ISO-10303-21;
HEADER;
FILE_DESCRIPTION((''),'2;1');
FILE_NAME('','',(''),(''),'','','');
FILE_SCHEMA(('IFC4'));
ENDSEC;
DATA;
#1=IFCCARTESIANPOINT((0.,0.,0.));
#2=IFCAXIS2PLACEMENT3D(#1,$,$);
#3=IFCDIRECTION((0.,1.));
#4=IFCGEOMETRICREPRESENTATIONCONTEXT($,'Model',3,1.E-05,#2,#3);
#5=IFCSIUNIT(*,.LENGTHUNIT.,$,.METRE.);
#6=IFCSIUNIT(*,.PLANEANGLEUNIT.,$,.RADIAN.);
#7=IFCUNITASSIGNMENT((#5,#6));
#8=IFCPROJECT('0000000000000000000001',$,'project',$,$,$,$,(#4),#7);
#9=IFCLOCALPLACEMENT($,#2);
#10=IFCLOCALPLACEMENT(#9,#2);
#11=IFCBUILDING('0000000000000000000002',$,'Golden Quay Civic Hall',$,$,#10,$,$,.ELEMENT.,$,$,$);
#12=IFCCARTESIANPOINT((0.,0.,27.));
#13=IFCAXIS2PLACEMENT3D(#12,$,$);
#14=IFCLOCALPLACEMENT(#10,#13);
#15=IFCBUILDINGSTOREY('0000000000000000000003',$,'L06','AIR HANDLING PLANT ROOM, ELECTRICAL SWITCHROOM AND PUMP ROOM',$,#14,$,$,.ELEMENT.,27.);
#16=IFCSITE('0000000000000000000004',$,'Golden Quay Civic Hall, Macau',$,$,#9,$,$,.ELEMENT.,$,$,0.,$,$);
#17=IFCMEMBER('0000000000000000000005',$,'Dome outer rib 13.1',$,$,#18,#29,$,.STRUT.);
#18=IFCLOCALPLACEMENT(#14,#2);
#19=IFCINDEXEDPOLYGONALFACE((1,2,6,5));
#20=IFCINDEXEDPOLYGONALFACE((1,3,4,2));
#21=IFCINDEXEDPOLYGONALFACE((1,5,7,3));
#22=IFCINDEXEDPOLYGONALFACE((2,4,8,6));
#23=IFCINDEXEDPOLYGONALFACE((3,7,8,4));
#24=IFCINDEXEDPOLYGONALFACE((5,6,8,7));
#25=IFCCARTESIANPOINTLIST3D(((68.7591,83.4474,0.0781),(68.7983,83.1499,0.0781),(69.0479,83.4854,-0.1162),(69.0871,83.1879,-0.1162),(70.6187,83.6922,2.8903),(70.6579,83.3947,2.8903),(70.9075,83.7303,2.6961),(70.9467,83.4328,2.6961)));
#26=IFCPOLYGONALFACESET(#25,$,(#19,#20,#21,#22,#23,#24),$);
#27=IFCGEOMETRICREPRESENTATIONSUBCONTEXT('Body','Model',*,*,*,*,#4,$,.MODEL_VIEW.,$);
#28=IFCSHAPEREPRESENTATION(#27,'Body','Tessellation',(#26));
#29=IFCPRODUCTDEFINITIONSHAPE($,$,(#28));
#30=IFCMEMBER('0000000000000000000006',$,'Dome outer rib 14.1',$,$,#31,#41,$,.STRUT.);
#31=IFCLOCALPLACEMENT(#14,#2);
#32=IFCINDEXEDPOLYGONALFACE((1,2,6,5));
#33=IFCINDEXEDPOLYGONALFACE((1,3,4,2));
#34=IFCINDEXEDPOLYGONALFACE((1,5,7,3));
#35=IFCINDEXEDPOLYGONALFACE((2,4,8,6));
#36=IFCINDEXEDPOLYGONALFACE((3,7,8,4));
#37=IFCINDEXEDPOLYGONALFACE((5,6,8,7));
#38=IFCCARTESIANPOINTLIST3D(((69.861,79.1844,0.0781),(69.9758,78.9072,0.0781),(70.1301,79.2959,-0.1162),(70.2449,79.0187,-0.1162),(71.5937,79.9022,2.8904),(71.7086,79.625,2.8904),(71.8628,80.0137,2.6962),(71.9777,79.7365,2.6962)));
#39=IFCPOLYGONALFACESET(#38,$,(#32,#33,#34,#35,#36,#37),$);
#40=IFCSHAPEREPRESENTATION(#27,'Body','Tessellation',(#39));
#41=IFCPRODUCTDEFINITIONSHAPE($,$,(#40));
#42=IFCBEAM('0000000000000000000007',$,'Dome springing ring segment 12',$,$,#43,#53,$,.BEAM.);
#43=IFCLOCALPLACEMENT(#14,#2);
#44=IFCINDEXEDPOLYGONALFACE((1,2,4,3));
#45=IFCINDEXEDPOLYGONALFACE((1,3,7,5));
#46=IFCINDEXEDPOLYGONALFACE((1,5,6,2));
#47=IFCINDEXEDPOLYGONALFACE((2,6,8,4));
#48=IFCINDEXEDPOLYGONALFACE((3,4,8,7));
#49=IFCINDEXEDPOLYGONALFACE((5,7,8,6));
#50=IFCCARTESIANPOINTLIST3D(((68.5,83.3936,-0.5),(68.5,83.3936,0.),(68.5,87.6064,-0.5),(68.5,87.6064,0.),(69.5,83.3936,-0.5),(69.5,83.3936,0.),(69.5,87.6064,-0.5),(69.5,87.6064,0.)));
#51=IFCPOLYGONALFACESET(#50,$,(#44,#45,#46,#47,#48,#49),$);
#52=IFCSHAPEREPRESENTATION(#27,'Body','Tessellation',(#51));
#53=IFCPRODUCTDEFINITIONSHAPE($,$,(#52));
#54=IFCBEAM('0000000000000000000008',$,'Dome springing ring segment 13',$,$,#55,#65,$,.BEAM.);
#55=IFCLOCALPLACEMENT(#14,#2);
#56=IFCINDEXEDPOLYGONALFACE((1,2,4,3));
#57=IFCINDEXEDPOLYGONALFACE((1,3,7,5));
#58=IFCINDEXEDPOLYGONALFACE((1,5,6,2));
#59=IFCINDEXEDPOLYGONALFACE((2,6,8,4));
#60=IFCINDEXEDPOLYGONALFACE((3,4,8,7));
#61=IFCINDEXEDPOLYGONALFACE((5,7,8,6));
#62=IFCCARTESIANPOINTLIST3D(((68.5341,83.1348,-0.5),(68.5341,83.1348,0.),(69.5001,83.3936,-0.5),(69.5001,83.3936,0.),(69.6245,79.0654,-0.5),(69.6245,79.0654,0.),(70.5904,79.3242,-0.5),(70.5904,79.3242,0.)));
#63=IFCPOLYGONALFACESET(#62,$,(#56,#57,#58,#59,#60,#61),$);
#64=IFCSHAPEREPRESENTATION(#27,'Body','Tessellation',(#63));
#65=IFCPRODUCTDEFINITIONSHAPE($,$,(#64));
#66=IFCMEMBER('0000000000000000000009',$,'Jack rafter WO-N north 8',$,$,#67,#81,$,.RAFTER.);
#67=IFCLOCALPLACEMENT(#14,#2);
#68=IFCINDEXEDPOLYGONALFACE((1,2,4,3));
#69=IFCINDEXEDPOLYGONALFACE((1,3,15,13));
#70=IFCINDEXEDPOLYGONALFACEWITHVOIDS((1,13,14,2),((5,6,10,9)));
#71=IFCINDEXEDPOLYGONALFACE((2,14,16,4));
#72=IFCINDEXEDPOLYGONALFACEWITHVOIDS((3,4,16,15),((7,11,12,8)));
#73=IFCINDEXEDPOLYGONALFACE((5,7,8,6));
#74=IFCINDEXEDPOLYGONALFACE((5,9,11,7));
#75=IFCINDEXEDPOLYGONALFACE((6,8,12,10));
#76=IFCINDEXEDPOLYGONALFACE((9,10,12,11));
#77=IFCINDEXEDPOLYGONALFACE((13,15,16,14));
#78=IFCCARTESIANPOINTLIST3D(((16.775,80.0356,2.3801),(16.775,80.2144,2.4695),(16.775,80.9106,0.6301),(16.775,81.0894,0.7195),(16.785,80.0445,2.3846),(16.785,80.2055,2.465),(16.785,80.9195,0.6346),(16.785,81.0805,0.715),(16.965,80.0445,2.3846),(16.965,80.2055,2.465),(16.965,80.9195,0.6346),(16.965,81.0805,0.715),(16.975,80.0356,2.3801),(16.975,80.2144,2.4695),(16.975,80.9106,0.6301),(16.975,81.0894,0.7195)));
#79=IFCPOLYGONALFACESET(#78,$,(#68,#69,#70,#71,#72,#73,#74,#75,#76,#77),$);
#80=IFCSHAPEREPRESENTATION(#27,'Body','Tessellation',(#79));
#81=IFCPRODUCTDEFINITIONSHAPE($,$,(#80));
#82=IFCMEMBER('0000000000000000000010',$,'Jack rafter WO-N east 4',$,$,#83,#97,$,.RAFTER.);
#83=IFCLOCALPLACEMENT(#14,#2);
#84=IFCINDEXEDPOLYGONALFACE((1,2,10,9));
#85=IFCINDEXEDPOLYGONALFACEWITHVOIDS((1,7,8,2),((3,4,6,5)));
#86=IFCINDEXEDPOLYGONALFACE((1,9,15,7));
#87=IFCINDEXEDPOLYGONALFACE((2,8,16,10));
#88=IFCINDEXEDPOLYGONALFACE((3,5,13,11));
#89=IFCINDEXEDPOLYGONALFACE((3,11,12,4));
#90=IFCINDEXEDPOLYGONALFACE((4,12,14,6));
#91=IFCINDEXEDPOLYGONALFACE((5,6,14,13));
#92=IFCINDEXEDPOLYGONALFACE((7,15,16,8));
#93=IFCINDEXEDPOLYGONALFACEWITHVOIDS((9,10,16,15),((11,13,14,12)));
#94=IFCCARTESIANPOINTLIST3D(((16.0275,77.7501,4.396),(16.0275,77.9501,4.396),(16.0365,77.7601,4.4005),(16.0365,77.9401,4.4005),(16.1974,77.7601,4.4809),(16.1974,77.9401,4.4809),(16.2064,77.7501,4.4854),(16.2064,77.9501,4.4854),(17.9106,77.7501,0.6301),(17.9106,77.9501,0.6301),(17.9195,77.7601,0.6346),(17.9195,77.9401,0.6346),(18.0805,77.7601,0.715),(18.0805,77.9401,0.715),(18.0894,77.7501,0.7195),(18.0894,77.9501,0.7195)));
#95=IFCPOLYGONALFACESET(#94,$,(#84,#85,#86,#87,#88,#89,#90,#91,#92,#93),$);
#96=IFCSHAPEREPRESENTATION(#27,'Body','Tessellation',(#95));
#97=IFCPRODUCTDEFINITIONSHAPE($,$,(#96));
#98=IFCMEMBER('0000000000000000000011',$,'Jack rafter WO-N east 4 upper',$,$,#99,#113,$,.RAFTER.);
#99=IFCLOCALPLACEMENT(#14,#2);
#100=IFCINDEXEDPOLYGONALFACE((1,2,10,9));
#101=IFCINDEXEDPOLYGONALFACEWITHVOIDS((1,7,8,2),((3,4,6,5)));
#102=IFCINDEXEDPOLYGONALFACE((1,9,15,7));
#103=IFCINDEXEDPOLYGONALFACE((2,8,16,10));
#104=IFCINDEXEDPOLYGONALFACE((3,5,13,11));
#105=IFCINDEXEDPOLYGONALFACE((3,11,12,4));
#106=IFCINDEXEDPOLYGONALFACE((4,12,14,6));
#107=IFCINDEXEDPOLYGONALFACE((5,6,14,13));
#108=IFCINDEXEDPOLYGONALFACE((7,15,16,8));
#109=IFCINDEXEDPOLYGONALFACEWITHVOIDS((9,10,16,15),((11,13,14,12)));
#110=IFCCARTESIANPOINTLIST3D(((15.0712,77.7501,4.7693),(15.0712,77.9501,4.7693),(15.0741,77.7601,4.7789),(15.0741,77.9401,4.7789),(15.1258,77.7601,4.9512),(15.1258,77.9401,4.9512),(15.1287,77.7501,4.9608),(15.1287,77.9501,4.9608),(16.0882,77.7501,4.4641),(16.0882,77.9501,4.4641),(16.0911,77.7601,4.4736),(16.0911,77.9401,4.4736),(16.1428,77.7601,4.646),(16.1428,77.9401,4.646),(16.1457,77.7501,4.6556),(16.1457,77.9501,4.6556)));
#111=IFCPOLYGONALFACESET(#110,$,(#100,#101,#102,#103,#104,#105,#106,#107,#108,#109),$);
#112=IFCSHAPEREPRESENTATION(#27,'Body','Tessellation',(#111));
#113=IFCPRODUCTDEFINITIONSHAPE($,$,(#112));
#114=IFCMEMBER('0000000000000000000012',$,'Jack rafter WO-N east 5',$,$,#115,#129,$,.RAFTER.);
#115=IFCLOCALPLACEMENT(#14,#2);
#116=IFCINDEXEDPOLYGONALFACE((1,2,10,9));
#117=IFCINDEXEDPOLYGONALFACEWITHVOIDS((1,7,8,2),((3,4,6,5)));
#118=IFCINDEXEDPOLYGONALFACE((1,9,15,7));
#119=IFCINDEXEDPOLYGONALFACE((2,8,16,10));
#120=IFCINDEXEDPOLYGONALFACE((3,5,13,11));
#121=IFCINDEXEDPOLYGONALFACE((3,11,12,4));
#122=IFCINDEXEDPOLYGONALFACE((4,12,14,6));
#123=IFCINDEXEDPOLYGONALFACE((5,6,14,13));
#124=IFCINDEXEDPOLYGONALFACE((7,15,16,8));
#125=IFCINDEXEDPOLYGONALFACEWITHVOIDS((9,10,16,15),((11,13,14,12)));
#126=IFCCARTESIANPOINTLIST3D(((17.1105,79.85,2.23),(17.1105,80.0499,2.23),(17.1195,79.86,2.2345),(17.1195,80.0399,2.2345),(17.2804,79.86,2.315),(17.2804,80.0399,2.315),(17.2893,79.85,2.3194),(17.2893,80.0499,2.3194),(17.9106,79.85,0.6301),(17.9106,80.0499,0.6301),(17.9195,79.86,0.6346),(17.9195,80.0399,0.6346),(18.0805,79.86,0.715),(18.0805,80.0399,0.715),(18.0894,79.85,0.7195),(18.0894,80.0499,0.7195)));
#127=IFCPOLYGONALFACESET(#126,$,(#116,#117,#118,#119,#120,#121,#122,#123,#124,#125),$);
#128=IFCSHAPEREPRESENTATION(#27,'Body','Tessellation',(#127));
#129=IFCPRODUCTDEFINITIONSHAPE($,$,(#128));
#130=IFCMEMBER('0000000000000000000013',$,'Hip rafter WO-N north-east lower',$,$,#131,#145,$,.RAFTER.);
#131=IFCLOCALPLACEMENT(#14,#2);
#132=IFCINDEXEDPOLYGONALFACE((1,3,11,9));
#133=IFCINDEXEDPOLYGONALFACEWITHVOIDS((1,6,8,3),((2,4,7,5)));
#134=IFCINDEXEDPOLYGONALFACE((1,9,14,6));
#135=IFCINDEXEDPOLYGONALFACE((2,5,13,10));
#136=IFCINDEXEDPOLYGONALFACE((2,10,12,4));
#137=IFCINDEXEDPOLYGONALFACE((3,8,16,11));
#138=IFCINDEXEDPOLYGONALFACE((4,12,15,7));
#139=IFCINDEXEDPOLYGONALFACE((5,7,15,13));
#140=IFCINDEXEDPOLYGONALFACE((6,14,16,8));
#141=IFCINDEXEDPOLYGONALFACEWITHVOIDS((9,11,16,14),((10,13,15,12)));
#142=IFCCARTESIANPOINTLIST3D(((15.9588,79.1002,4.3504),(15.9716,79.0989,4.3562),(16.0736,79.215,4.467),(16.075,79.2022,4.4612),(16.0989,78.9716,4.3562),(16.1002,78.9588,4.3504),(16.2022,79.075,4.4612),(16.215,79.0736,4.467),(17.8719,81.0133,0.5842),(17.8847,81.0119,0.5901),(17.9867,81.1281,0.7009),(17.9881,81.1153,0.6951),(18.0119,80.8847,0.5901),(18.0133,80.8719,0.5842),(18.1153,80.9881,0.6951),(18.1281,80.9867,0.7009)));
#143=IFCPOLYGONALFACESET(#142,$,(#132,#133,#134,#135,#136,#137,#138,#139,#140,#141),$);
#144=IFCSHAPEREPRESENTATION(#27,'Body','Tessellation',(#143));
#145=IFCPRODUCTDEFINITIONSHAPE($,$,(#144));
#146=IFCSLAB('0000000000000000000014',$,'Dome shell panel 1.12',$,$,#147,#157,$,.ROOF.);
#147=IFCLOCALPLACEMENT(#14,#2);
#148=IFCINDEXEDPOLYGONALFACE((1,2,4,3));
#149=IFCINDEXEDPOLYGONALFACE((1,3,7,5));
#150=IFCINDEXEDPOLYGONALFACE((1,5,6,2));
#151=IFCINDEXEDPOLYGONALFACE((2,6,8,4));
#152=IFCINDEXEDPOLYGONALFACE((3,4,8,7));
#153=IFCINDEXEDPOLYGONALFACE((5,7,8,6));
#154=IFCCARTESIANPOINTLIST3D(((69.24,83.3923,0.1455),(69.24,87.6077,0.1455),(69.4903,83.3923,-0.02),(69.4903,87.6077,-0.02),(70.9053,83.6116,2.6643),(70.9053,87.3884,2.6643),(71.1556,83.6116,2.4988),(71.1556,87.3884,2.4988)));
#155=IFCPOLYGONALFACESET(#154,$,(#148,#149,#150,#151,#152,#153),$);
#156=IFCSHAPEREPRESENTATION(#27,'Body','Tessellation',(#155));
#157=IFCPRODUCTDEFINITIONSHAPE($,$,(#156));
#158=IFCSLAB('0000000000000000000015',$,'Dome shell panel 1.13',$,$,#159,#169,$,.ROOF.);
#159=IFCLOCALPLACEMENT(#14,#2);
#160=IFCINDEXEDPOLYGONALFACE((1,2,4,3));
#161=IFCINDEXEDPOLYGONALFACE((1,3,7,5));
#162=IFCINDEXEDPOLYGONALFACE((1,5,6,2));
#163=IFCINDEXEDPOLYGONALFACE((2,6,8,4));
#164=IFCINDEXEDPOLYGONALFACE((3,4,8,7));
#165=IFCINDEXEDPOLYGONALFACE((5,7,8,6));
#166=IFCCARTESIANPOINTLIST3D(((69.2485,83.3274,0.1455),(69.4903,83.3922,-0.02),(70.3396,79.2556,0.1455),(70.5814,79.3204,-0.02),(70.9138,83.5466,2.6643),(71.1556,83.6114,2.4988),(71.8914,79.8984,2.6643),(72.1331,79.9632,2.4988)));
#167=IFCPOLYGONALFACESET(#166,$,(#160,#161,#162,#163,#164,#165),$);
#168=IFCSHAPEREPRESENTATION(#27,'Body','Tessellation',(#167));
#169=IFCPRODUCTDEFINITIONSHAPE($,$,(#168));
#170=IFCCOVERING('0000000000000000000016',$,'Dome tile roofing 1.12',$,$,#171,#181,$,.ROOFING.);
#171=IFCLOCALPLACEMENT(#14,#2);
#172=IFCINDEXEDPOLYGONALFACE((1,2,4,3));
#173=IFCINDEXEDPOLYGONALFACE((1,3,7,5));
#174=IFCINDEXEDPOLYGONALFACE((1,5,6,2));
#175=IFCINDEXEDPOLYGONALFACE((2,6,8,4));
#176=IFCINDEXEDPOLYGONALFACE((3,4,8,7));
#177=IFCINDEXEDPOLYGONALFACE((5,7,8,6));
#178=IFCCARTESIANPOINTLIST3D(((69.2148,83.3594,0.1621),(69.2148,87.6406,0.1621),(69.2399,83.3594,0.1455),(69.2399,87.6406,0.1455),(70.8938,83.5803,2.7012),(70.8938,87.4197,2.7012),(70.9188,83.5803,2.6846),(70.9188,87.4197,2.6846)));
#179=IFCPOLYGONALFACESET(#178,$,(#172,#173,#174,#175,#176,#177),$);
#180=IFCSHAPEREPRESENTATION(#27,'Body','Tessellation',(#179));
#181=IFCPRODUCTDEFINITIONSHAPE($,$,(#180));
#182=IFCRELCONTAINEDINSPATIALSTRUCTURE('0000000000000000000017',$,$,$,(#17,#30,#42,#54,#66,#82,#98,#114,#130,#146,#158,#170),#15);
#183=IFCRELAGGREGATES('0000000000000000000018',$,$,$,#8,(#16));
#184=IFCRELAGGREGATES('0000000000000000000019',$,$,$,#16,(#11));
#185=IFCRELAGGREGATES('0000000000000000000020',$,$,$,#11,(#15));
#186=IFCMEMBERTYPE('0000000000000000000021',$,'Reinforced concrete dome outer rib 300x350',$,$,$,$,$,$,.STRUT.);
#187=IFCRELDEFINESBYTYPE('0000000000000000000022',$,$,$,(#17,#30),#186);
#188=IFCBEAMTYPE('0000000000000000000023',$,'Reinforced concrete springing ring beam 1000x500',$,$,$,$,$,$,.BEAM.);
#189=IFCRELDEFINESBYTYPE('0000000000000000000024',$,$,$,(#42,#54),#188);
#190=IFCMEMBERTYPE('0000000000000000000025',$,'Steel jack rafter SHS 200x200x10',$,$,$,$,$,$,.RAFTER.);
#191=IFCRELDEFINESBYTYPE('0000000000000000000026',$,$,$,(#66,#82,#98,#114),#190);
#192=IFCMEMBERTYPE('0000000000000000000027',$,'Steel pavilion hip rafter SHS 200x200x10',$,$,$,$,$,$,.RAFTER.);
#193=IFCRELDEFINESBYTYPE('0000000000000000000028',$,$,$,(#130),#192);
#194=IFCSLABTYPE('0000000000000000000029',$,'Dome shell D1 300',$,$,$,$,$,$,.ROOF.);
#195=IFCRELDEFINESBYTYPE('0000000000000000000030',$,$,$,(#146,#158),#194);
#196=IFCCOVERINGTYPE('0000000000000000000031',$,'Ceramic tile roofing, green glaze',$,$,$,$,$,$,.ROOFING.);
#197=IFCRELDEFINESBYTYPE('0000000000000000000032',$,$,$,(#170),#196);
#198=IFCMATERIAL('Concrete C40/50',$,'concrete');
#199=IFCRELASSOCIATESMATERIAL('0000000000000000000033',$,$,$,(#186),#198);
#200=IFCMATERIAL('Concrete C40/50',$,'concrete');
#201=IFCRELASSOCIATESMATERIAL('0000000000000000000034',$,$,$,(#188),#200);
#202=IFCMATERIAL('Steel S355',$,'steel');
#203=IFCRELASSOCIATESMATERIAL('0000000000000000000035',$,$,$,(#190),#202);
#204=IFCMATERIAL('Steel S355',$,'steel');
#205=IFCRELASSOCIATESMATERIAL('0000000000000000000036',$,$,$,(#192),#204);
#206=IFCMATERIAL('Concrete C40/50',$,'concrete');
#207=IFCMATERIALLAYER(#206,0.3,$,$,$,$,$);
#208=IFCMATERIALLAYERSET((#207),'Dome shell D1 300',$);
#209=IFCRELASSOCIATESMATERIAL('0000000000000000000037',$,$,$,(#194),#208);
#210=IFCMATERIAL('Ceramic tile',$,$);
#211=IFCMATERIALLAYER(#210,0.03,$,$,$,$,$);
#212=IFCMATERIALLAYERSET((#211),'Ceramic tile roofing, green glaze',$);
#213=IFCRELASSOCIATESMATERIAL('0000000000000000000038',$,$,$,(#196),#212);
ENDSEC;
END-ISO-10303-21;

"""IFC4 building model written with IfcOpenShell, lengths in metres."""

from ifc_helpers import new_model, si_unit, direction, frame, origin, origin_2d, place, context, subcontext, project, spatial, polyline, rectangle, hollow_rectangle, outline, extrude, material, layer, layer_set, material_profile, profile_set, type_object, element, save


model = new_model("IFC4")

# Units and contexts
model_context = context("Model", 3, precision=1e-05, world=origin(), true_north=direction((0.0, 1.0)))
body_context = subcontext(model_context, "Body", "Model", "MODEL_VIEW")
ifc_project = project(units=[si_unit("LENGTHUNIT", "METRE"), si_unit("PLANEANGLEUNIT", "RADIAN")], contexts=[model_context])

# Site, building, storey
site_placement = place(None, origin())
site = spatial("IfcSite", under=ifc_project, at=site_placement, Name="Golden Quay Civic Hall, Macau", CompositionType="ELEMENT", RefElevation=0.0)
building_placement = place(site_placement, origin())
building = spatial("IfcBuilding", under=site, at=building_placement, Name="Golden Quay Civic Hall", CompositionType="ELEMENT")
storey_placement = place(building_placement, frame((0.0, 0.0, 27.0)))
storey = spatial("IfcBuildingStorey", under=building, at=storey_placement, Name="L06", Description="AIR HANDLING PLANT ROOM, ELECTRICAL SWITCHROOM AND PUMP ROOM", CompositionType="ELEMENT", Elevation=27.0)

# Members
ifc_material_1 = material(Name="Concrete C40/50", Category="concrete")
ifc_material_profile_1 = material_profile(ifc_material_1, rectangle(XDim=0.3, YDim=0.3501, at=origin_2d()), Name="RC 300x350")
ifc_profile_set_1 = profile_set([ifc_material_profile_1], Name="Concrete C40/50")
member_type_1 = type_object("IfcMemberType", Name="Reinforced concrete dome outer rib 300x350", PredefinedType="STRUT", material=ifc_profile_set_1)
for number, where, z_axis, x_axis, name in (
    (1, (68.9231, 83.3176, -0.019), (0.550122, 0.07244, 0.831936), (-0.130552, 0.991441, 0.0), "Dome outer rib 13.1"),
    (2, (70.053, 79.1016, -0.019), (0.512585, 0.212343, 0.831966), (-0.38272, 0.923865, 0.0), "Dome outer rib 14.1"),
):
    element("IfcMember", number, at=place(storey_placement, frame(where, z_axis=z_axis, x_axis=x_axis)), inside=storey, type_object=member_type_1, Name=name, PredefinedType="STRUT", context=body_context, shape_type="SweptSolid", body=[
        extrude(rectangle(XDim=0.3, YDim=0.3501, at=origin_2d()), origin(), (0.0, 0.0, 1.0), 3.3804),
    ])

# Beams
ifc_material_2 = material(Name="Concrete C40/50", Category="concrete")
ifc_material_profile_2 = material_profile(ifc_material_2, rectangle(XDim=1.0, YDim=0.5, at=origin_2d()), Name="RC 1000x500")
ifc_profile_set_2 = profile_set([ifc_material_profile_2], Name="Concrete C40/50")
beam_type_1 = type_object("IfcBeamType", Name="Reinforced concrete springing ring beam 1000x500", PredefinedType="BEAM", material=ifc_profile_set_2)
for number, where, z_axis, x_axis, name in (
    (3, (69.0, 87.6064, -0.25), (0.0, -1.0, 0.0), (1.0, 0.0, 0.0), "Dome springing ring segment 12"),
    (4, (69.0171, 83.2642, -0.25), (0.258809, -0.965928, 0.0), (0.965928, 0.258809, 0.0), "Dome springing ring segment 13"),
):
    element("IfcBeam", number, at=place(storey_placement, frame(where, z_axis=z_axis, x_axis=x_axis)), inside=storey, type_object=beam_type_1, Name=name, PredefinedType="BEAM", context=body_context, shape_type="SweptSolid", body=[
        extrude(rectangle(XDim=1.0, YDim=0.5, at=origin_2d()), origin(), (0.0, 0.0, 1.0), 4.2129),
    ])

# Members
ifc_material_3 = material(Name="Steel S355", Category="steel")
ifc_material_profile_3 = material_profile(ifc_material_3, hollow_rectangle(XDim=0.2, YDim=0.2, WallThickness=0.01, at=origin_2d()), Name="SHS 200x200x10")
ifc_profile_set_3 = profile_set([ifc_material_profile_3], Name="Steel S355")
member_type_2 = type_object("IfcMemberType", Name="Steel jack rafter SHS 200x200x10", PredefinedType="RAFTER", material=ifc_profile_set_3)
member_1_placement = place(storey_placement, frame((16.875, 81.0, 0.6748), z_axis=(0.0, -0.447214, 0.894427), x_axis=(1.0, 0.0, 0.0)))
element("IfcMember", 5, at=member_1_placement, inside=storey, type_object=member_type_2, Name="Jack rafter WO-N north 8", PredefinedType="RAFTER", context=body_context, shape_type="SweptSolid", body=[
    extrude(hollow_rectangle(XDim=0.2, YDim=0.2, WallThickness=0.01, at=origin_2d()), origin(), (0.0, 0.0, 1.0), 1.9565),
])
member_2_placement = place(storey_placement, frame((18.0, 77.8501, 0.6748), z_axis=(-0.447237, 0.0, 0.894416), x_axis=(0.0, -1.0, 0.0)))
element("IfcMember", 6, at=member_2_placement, inside=storey, type_object=member_type_2, Name="Jack rafter WO-N east 4", PredefinedType="RAFTER", context=body_context, shape_type="SweptSolid", body=[
    extrude(hollow_rectangle(XDim=0.2, YDim=0.2, WallThickness=0.01, at=origin_2d()), origin(), (0.0, 0.0, 1.0), 4.2104),
])
member_3_placement = place(storey_placement, frame((16.1169, 77.8501, 4.5598), z_axis=(-0.957795, 0.0, 0.287453), x_axis=(0.0, -1.0, 0.0)))
element("IfcMember", 7, at=member_3_placement, inside=storey, type_object=member_type_2, Name="Jack rafter WO-N east 4 upper", PredefinedType="RAFTER", context=body_context, shape_type="SweptSolid", body=[
    extrude(hollow_rectangle(XDim=0.2, YDim=0.2, WallThickness=0.01, at=origin_2d()), origin(), (0.0, 0.0, 1.0), 1.0618),
])
member_4_placement = place(storey_placement, frame((18.0, 79.95, 0.6748), z_axis=(-0.447268, 0.0, 0.8944), x_axis=(0.0, -1.0, 0.0)))
element("IfcMember", 8, at=member_4_placement, inside=storey, type_object=member_type_2, Name="Jack rafter WO-N east 5", PredefinedType="RAFTER", context=body_context, shape_type="SweptSolid", body=[
    extrude(hollow_rectangle(XDim=0.2, YDim=0.2, WallThickness=0.01, at=origin_2d()), origin(), (0.0, 0.0, 1.0), 1.7888),
])
ifc_material_4 = material(Name="Steel S355", Category="steel")
ifc_material_profile_4 = material_profile(ifc_material_4, hollow_rectangle(XDim=0.2, YDim=0.2, WallThickness=0.01, at=origin_2d()), Name="SHS 200x200x10")
ifc_profile_set_4 = profile_set([ifc_material_profile_4], Name="Steel S355")
member_type_3 = type_object("IfcMemberType", Name="Steel pavilion hip rafter SHS 200x200x10", PredefinedType="RAFTER", material=ifc_profile_set_4)
member_5_placement = place(storey_placement, frame((18.0, 81.0, 0.6426), z_axis=(-0.412554, -0.412554, 0.812157), x_axis=(0.707107, -0.707107, 0.0)))
element("IfcMember", 9, at=member_5_placement, inside=storey, type_object=member_type_3, Name="Hip rafter WO-N north-east lower", PredefinedType="RAFTER", context=body_context, shape_type="SweptSolid", body=[
    extrude(hollow_rectangle(XDim=0.2, YDim=0.2, WallThickness=0.01, at=origin_2d()), origin(), (0.0, 0.0, 1.0), 4.6372),
])

# Slabs
ifc_material_5 = material(Name="Concrete C40/50", Category="concrete")
ifc_layer_1 = layer(ifc_material_5, 0.3)
ifc_layer_set_1 = layer_set([ifc_layer_1], Name="Dome shell D1 300")
slab_type = type_object("IfcSlabType", Name="Dome shell D1 300", PredefinedType="ROOF", material=ifc_layer_set_1)
slab_1_placement = place(storey_placement, frame((69.24, 87.6077, 0.1455), z_axis=(-0.834171, 0.0, 0.551505), x_axis=(0.0, -1.0, 0.0)))
element("IfcSlab", 10, at=slab_1_placement, inside=storey, type_object=slab_type, Name="Dome shell panel 1.12", PredefinedType="ROOF", context=body_context, shape_type="SweptSolid", body=[
    extrude(outline(polyline([(0.0, 0.0), (4.2153, 0.0), (3.9961, 3.0195), (0.2192, 3.0195), (0.0, 0.0)])), origin(), (0.0, 0.0, -1.0), 0.3),
])
slab_2_placement = place(storey_placement, frame((69.2485, 83.3274, 0.1455), z_axis=(-0.805748, -0.215904, 0.551503), x_axis=(0.258825, -0.965924, 0.000001)))
element("IfcSlab", 11, at=slab_2_placement, inside=storey, type_object=slab_type, Name="Dome shell panel 1.13", PredefinedType="ROOF", context=body_context, shape_type="SweptSolid", body=[
    extrude(outline(polyline([(0.0, 0.0), (4.2154, 0.0), (3.9961, 3.0195), (0.2193, 3.0195), (0.0, 0.0)])), origin(), (0.0, 0.0, -1.0), 0.3),
])

# Covering
ifc_material_6 = material(Name="Ceramic tile")
ifc_layer_2 = layer(ifc_material_6, 0.03)
ifc_layer_set_2 = layer_set([ifc_layer_2], Name="Ceramic tile roofing, green glaze")
covering_type = type_object("IfcCoveringType", Name="Ceramic tile roofing, green glaze", PredefinedType="ROOFING", material=ifc_layer_set_2)
covering_1_placement = place(storey_placement, frame((69.2148, 87.6406, 0.1621), z_axis=(-0.83413, 0.0, 0.551568), x_axis=(0.0, -1.0, 0.0)))
element("IfcCovering", 12, at=covering_1_placement, inside=storey, type_object=covering_type, Name="Dome tile roofing 1.12", PredefinedType="ROOFING", context=body_context, shape_type="SweptSolid", body=[
    extrude(outline(polyline([(0.0, 0.0), (4.2812, 0.0), (4.0603, 3.044), (0.2209, 3.044), (0.0, 0.0)])), origin(), (0.0, 0.0, -1.0), 0.03),
])

save(model, "model.ifc")
